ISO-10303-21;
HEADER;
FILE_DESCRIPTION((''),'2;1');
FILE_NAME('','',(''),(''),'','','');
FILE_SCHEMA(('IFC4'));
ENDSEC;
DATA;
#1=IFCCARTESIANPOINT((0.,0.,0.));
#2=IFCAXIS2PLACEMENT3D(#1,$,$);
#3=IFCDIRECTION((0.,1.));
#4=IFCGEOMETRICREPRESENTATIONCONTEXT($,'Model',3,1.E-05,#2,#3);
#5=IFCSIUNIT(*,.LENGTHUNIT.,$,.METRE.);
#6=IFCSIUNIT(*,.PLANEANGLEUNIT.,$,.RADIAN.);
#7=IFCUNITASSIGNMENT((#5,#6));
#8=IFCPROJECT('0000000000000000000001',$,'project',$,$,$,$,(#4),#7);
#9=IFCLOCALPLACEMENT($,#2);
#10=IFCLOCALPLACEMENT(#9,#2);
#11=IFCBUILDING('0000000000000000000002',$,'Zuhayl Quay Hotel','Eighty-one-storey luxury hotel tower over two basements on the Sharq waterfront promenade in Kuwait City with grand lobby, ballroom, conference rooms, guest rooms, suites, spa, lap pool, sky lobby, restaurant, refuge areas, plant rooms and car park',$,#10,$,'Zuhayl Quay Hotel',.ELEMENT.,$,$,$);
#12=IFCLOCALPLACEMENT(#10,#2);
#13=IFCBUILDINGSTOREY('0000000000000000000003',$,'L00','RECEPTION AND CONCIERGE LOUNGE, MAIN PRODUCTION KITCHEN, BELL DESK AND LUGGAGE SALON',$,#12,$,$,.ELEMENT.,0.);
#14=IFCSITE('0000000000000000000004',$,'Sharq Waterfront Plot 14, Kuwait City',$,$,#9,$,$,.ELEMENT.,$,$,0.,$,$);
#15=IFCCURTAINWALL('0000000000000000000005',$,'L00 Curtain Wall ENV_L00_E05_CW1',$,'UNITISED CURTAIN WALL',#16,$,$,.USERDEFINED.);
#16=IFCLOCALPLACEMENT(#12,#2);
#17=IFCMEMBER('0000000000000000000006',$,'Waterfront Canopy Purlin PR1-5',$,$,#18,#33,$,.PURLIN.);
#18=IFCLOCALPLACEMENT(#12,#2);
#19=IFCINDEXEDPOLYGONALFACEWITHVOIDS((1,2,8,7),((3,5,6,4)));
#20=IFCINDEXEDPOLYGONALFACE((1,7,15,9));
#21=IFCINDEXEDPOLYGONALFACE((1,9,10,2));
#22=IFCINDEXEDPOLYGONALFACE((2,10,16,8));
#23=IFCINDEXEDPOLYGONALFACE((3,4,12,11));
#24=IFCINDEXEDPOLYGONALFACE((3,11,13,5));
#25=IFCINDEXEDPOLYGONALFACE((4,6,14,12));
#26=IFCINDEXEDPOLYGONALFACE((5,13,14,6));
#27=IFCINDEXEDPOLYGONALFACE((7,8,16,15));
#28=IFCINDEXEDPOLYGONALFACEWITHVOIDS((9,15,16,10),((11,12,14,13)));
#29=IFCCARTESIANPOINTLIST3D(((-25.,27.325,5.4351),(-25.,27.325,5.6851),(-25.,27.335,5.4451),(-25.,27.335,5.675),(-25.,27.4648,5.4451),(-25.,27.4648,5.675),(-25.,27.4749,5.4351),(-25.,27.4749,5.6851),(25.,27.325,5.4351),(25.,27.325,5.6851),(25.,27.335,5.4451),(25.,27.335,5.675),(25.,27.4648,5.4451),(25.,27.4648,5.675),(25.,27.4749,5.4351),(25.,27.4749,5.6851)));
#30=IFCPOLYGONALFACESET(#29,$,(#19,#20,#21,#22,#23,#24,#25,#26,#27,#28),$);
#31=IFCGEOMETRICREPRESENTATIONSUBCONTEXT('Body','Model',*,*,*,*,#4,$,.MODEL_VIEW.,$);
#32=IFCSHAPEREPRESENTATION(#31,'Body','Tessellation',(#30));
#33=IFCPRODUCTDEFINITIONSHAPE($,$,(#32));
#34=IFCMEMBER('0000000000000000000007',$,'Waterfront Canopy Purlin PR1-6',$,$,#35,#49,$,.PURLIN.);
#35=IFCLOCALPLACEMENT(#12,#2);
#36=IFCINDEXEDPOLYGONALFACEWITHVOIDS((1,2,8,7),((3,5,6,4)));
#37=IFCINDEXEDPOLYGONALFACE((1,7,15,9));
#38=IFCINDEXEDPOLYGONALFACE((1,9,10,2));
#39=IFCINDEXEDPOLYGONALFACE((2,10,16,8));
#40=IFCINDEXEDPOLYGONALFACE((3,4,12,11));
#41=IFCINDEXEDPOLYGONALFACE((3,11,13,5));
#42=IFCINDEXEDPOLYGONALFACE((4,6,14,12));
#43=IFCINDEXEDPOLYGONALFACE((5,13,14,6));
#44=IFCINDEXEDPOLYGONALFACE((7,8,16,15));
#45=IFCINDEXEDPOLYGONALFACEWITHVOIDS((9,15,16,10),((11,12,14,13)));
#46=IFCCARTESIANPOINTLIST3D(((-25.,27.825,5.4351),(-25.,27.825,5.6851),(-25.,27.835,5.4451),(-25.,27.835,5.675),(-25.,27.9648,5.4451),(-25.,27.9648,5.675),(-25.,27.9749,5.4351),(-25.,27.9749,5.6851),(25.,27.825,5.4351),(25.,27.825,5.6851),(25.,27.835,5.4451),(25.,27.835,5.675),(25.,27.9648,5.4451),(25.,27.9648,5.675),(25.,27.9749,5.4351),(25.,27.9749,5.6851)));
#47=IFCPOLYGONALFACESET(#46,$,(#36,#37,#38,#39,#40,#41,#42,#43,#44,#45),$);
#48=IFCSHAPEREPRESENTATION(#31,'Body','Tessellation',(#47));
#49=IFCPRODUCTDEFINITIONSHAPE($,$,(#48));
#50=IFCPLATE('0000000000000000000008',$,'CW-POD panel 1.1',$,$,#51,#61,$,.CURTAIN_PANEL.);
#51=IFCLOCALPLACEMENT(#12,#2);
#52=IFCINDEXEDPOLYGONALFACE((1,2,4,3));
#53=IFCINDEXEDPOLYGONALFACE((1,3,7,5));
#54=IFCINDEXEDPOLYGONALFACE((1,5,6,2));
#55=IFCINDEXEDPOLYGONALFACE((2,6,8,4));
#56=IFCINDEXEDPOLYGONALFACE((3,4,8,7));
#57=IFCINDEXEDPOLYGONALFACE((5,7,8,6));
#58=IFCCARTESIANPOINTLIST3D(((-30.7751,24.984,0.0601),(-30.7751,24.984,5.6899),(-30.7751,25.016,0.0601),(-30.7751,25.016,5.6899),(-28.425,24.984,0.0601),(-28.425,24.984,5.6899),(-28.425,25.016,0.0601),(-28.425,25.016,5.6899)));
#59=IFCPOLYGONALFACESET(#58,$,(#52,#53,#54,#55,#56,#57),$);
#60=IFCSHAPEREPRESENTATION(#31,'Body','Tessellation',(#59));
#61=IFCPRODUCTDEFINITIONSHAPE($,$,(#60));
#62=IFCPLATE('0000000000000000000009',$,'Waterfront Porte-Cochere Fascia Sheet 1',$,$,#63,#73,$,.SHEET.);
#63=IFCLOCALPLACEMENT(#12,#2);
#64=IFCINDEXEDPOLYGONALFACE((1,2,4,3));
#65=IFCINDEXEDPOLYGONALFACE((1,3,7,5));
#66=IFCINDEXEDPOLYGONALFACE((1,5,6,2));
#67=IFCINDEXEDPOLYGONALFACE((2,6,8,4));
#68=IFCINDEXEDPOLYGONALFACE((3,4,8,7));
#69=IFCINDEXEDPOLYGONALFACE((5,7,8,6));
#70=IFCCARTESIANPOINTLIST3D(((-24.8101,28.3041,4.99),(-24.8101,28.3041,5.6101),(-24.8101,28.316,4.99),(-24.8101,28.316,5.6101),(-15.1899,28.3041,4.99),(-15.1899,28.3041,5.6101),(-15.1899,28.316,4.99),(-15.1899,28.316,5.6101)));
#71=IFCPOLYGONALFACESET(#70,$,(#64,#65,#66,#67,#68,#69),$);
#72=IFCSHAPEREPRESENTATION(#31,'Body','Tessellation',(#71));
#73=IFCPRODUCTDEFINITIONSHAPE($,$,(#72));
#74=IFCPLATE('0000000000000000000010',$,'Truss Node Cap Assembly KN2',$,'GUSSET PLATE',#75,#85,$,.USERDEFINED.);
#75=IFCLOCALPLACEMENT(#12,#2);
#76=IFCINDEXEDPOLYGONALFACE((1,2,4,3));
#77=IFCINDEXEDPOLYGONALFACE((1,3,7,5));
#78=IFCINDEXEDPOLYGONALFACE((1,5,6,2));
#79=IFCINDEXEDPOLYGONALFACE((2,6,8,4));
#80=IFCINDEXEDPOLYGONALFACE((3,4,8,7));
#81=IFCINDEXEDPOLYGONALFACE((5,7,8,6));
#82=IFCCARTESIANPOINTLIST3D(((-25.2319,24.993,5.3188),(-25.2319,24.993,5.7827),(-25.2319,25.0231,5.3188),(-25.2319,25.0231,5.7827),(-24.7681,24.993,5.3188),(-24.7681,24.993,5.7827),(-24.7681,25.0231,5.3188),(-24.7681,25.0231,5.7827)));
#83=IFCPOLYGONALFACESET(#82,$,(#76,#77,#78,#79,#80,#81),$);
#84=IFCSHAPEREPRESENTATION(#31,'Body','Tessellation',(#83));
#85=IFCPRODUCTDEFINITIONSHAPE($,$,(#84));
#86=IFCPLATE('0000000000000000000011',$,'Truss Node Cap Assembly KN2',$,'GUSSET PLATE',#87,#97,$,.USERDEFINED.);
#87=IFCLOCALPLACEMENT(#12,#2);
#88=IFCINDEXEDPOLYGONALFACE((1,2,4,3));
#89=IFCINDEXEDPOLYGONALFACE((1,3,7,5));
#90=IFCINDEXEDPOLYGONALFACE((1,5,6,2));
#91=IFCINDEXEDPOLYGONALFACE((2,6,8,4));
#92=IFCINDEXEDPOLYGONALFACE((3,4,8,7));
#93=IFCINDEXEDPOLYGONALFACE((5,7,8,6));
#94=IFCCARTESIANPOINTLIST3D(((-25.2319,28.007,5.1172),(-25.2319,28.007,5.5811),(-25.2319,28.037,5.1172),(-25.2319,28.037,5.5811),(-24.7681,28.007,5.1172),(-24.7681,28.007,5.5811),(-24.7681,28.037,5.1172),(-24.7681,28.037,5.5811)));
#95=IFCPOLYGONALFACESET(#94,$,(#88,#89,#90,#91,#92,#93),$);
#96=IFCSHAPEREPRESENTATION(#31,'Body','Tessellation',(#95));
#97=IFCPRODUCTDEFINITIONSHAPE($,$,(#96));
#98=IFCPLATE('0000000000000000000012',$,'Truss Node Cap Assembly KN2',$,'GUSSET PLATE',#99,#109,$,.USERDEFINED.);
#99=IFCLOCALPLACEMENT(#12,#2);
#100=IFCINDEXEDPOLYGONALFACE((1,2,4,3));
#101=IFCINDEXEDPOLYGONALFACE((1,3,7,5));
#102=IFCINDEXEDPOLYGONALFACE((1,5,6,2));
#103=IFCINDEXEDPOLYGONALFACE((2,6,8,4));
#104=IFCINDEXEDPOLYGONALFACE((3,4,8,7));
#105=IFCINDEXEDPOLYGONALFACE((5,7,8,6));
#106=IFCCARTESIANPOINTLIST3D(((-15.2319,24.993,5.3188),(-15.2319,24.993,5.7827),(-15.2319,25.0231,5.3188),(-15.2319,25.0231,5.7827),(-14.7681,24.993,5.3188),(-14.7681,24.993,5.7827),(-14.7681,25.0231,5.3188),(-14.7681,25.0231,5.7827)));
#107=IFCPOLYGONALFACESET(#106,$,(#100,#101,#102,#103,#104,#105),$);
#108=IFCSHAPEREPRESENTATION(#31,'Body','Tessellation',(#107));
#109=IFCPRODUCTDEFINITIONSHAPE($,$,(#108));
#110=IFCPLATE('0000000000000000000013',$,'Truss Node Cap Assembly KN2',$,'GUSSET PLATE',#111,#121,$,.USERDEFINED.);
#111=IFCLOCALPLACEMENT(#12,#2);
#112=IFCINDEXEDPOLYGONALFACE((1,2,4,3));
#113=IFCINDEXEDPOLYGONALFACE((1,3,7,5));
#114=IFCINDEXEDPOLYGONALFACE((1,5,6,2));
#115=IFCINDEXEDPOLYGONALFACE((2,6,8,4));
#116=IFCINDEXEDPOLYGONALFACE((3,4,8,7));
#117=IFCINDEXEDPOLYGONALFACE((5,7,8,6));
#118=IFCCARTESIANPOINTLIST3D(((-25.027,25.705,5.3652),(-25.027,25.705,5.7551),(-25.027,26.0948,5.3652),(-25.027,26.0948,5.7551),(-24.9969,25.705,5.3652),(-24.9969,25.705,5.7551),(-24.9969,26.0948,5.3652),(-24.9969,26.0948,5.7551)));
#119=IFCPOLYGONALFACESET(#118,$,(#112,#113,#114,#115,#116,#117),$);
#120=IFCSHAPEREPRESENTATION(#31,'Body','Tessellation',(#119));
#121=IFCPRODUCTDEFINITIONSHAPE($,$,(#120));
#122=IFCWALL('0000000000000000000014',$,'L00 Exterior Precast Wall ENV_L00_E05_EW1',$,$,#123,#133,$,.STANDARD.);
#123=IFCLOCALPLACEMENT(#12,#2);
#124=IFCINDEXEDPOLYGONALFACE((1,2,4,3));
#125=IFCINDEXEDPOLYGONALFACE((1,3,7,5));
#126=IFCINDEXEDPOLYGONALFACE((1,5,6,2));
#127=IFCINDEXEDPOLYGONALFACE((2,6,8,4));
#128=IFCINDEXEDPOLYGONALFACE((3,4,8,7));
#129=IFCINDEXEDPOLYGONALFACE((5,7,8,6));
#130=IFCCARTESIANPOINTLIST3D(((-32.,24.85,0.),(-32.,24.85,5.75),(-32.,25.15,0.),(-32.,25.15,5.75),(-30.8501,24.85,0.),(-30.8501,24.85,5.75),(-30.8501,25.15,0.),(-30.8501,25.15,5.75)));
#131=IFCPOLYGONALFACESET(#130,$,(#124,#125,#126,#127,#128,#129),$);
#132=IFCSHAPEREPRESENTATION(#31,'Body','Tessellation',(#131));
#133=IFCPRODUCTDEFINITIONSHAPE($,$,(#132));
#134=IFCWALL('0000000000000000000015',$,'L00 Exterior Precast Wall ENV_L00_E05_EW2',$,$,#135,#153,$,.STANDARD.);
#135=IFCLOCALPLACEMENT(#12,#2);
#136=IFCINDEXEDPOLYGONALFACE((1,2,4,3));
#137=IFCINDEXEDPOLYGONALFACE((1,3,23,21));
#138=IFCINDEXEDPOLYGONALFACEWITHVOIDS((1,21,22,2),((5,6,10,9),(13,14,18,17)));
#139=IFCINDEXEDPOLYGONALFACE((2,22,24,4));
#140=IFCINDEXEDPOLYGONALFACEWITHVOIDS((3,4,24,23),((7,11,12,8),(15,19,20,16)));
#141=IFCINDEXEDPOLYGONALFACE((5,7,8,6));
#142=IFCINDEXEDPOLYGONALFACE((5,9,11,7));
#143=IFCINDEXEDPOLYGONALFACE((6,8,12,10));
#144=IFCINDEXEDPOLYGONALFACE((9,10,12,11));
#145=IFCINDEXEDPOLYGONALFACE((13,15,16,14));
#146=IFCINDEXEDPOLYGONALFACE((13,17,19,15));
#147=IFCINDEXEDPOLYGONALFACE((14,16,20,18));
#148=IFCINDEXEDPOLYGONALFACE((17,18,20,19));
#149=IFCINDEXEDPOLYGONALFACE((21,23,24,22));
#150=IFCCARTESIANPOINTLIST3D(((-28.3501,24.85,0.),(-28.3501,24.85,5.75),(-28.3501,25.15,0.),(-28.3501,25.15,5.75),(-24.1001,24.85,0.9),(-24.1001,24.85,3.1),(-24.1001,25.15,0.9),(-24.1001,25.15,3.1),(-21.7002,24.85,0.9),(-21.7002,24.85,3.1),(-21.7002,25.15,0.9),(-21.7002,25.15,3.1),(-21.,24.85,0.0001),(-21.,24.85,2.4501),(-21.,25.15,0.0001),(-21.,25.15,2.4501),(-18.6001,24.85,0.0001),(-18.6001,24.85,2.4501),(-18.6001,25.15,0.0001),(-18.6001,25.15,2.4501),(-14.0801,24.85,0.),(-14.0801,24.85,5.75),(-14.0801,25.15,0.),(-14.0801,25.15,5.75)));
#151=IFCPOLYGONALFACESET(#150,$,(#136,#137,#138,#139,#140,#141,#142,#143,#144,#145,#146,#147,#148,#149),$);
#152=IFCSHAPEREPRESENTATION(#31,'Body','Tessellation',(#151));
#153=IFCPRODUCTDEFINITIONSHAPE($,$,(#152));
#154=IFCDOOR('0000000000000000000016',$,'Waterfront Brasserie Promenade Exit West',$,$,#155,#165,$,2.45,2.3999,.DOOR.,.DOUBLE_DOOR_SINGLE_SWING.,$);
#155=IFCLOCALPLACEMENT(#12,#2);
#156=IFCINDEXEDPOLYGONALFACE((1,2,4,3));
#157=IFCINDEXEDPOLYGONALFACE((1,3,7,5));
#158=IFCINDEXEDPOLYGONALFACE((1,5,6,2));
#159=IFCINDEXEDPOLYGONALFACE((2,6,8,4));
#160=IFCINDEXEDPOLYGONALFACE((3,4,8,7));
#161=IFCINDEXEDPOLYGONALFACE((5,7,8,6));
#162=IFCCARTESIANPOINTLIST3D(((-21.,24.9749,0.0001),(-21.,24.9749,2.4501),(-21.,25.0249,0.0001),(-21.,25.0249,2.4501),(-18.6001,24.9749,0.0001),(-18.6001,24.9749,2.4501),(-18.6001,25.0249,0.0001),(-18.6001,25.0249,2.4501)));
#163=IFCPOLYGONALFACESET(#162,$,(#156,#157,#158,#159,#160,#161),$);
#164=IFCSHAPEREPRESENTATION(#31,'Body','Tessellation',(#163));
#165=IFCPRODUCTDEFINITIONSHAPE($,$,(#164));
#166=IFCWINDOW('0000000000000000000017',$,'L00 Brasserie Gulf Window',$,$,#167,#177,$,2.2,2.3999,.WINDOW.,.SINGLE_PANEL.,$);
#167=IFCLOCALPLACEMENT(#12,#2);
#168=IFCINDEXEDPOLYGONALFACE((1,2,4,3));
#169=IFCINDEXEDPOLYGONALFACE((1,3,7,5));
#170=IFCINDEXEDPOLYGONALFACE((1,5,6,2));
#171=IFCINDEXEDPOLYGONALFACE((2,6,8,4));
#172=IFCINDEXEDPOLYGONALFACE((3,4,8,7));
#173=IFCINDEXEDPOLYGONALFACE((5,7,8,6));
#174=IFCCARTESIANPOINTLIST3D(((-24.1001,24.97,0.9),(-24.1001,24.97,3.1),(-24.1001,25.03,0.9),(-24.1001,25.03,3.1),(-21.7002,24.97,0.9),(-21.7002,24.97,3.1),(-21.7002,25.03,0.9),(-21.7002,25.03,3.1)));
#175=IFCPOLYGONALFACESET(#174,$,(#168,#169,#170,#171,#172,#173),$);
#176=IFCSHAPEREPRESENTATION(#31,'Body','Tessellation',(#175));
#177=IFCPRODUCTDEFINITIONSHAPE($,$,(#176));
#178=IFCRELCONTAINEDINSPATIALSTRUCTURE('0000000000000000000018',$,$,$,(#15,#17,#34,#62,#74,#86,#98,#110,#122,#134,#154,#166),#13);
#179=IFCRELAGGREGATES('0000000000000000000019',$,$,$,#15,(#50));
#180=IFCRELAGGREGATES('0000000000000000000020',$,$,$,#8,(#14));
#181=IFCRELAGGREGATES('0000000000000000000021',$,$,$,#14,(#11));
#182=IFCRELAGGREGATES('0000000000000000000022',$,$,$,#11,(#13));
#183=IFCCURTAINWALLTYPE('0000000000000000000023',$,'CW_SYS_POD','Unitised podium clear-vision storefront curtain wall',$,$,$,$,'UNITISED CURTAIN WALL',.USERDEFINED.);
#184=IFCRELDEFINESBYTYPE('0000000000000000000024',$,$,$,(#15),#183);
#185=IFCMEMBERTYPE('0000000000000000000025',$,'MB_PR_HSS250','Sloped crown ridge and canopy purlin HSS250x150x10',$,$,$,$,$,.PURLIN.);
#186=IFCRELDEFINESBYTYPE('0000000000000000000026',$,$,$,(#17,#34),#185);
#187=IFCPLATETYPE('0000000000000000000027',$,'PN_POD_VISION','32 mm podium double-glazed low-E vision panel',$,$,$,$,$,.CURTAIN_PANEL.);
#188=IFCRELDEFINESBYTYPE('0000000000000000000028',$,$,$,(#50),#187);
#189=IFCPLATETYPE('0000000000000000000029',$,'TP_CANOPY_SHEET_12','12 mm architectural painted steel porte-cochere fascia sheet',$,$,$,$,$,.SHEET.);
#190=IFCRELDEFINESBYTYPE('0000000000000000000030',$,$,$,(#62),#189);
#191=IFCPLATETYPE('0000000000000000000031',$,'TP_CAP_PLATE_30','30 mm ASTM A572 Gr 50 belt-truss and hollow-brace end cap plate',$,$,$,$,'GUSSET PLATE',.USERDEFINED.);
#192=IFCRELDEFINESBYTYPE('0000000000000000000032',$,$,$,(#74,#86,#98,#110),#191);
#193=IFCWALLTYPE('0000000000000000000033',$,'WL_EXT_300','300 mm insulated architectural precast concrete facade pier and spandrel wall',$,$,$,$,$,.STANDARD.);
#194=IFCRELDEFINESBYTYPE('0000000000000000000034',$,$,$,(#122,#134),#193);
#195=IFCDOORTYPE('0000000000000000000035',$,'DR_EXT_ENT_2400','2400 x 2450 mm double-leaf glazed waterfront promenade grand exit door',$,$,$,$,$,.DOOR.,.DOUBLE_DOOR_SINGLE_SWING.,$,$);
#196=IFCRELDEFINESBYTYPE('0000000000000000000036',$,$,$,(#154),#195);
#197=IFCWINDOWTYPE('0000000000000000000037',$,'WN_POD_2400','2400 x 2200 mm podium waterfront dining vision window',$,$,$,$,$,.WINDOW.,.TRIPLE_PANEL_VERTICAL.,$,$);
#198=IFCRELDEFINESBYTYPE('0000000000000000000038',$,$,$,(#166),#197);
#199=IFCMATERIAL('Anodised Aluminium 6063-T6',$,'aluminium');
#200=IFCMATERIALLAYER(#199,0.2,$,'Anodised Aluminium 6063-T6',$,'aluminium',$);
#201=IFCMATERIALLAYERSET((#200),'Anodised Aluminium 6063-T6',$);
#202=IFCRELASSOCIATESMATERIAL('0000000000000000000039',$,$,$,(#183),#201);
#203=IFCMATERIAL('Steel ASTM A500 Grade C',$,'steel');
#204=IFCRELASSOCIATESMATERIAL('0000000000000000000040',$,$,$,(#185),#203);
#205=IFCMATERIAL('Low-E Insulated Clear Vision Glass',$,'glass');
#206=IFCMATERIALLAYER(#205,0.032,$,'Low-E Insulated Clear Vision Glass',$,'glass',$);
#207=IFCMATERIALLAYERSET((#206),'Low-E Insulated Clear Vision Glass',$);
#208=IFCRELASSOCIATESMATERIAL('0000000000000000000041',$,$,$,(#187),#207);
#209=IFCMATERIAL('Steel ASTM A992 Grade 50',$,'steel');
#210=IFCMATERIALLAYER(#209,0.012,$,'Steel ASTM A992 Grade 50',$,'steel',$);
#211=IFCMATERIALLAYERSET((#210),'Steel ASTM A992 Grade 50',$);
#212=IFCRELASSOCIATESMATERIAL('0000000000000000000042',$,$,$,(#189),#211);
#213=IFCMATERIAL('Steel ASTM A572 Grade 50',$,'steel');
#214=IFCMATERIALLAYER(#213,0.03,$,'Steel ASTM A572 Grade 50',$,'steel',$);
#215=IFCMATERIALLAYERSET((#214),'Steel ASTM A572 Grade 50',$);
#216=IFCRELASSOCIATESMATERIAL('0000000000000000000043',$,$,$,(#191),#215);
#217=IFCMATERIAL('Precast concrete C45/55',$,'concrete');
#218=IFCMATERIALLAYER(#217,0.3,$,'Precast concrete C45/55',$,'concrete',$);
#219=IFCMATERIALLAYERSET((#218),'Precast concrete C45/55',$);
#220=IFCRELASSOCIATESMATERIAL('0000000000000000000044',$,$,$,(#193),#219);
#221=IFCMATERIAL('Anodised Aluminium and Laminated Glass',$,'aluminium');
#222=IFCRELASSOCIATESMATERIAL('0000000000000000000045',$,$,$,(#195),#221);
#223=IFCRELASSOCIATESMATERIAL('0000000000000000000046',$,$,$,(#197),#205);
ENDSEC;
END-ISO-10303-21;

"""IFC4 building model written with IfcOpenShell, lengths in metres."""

from ifc_helpers import new_model, si_unit, direction, frame, frame_2d, origin, origin_2d, place, context, subcontext, project, spatial, rectangle, hollow_rectangle, extrude, material, layer, layer_set, material_profile, profile_set, type_object, element, fill, aggregate, save


model = new_model("IFC4")

# Units and contexts
model_context = context("Model", 3, precision=1e-05, world=origin(), true_north=direction((0.0, 1.0)))
body_context = subcontext(model_context, "Body", "Model", "MODEL_VIEW")
ifc_project = project(units=[si_unit("LENGTHUNIT", "METRE"), si_unit("PLANEANGLEUNIT", "RADIAN")], contexts=[model_context])

# Site, building, storey
site_placement = place(None, origin())
site = spatial("IfcSite", under=ifc_project, at=site_placement, Name="Sharq Waterfront Plot 14, Kuwait City", CompositionType="ELEMENT", RefElevation=0.0)
building_placement = place(site_placement, origin())
building = spatial("IfcBuilding", under=site, at=building_placement, Name="Zuhayl Quay Hotel", Description="Eighty-one-storey luxury hotel tower over two basements on the Sharq waterfront promenade in Kuwait City with grand lobby, ballroom, conference rooms, guest rooms, suites, spa, lap pool, sky lobby, restaurant, refuge areas, plant rooms and car park", LongName="Zuhayl Quay Hotel", CompositionType="ELEMENT")
storey_placement = place(building_placement, origin())
storey = spatial("IfcBuildingStorey", under=building, at=storey_placement, Name="L00", Description="RECEPTION AND CONCIERGE LOUNGE, MAIN PRODUCTION KITCHEN, BELL DESK AND LUGGAGE SALON", CompositionType="ELEMENT", Elevation=0.0)

# Shared definitions
ifc_material_1 = material(Name="Steel ASTM A992 Grade 50", Category="steel")

# Shared definitions
ifc_material_2 = material(Name="Steel ASTM A500 Grade C", Category="steel")

# Curtain wall
ifc_material_3 = material(Name="Anodised Aluminium 6063-T6", Category="aluminium")
ifc_layer_1 = layer(ifc_material_3, 0.2, Name="Anodised Aluminium 6063-T6", Category="aluminium")
ifc_layer_set_1 = layer_set([ifc_layer_1], Name="Anodised Aluminium 6063-T6")
curtain_wall_type = type_object("IfcCurtainWallType", Name="CW_SYS_POD", Description="Unitised podium clear-vision storefront curtain wall", ElementType="UNITISED CURTAIN WALL", PredefinedType="USERDEFINED", material=ifc_layer_set_1)
curtain_wall_placement = place(storey_placement, origin())
curtain_wall = element("IfcCurtainWall", 1, at=curtain_wall_placement, inside=storey, type_object=curtain_wall_type, Name="L00 Curtain Wall ENV_L00_E05_CW1", ObjectType="UNITISED CURTAIN WALL", PredefinedType="USERDEFINED")

# Members
ifc_material_profile_1 = material_profile(ifc_material_2, hollow_rectangle(XDim=0.1499, YDim=0.25, WallThickness=0.01, at=origin_2d()), Name="HSS250X150X10")
ifc_profile_set_1 = profile_set([ifc_material_profile_1], Name="Steel ASTM A500 Grade C")
member_type_1 = type_object("IfcMemberType", Name="MB_PR_HSS250", Description="Sloped crown ridge and canopy purlin HSS250x150x10", PredefinedType="PURLIN", material=ifc_profile_set_1)
for number, where, z_axis, x_axis, name in (
    (2, (-25.0, 27.3999, 5.5601), (1.0, 0.0, 0.0), (0.0, 1.0, 0.0), "Waterfront Canopy Purlin PR1-5"),
    (3, (-25.0, 27.8999, 5.5601), (1.0, 0.0, 0.0), (0.0, 1.0, 0.0), "Waterfront Canopy Purlin PR1-6"),
):
    element("IfcMember", number, at=place(storey_placement, frame(where, z_axis=z_axis, x_axis=x_axis)), inside=storey, type_object=member_type_1, Name=name, PredefinedType="PURLIN", context=body_context, shape_type="SweptSolid", body=[
        extrude(hollow_rectangle(XDim=0.1499, YDim=0.25, WallThickness=0.01, at=origin_2d()), origin(), (0.0, 0.0, 1.0), 50.0),
    ])

# Plate
ifc_material_4 = material(Name="Low-E Insulated Clear Vision Glass", Category="glass")
ifc_layer_2 = layer(ifc_material_4, 0.032, Name="Low-E Insulated Clear Vision Glass", Category="glass")
ifc_layer_set_2 = layer_set([ifc_layer_2], Name="Low-E Insulated Clear Vision Glass")
plate_type_1 = type_object("IfcPlateType", Name="PN_POD_VISION", Description="32 mm podium double-glazed low-E vision panel", PredefinedType="CURTAIN_PANEL", material=ifc_layer_set_2)
plate_1_placement = place(storey_placement, frame((-29.6001, 25.0, 0.0601), z_axis=(0.0, 0.0, 1.0), x_axis=(1.0, 0.0, 0.0)))
plate_1 = element("IfcPlate", 4, at=plate_1_placement, type_object=plate_type_1, Name="CW-POD panel 1.1", PredefinedType="CURTAIN_PANEL", context=body_context, shape_type="SweptSolid", body=[
    extrude(rectangle(XDim=2.3501, YDim=0.032, at=origin_2d()), origin(), (0.0, 0.0, 1.0), 5.6299),
])
aggregate(curtain_wall, [plate_1])

# Plates
ifc_layer_3 = layer(ifc_material_1, 0.012, Name="Steel ASTM A992 Grade 50", Category="steel")
ifc_layer_set_3 = layer_set([ifc_layer_3], Name="Steel ASTM A992 Grade 50")
plate_type_2 = type_object("IfcPlateType", Name="TP_CANOPY_SHEET_12", Description="12 mm architectural painted steel porte-cochere fascia sheet", PredefinedType="SHEET", material=ifc_layer_set_3)
plate_2_placement = place(storey_placement, frame((-20.0, 28.3101, 4.99), z_axis=(0.0, 0.0, 1.0), x_axis=(1.0, 0.0, 0.0)))
element("IfcPlate", 5, at=plate_2_placement, inside=storey, type_object=plate_type_2, Name="Waterfront Porte-Cochere Fascia Sheet 1", PredefinedType="SHEET", context=body_context, shape_type="SweptSolid", body=[
    extrude(rectangle(XDim=9.6201, YDim=0.012, at=origin_2d()), origin(), (0.0, 0.0, 1.0), 0.6201),
])
ifc_material_5 = material(Name="Steel ASTM A572 Grade 50", Category="steel")
ifc_layer_4 = layer(ifc_material_5, 0.03, Name="Steel ASTM A572 Grade 50", Category="steel")
ifc_layer_set_4 = layer_set([ifc_layer_4], Name="Steel ASTM A572 Grade 50")
plate_type_3 = type_object("IfcPlateType", Name="TP_CAP_PLATE_30", Description="30 mm ASTM A572 Gr 50 belt-truss and hollow-brace end cap plate", ElementType="GUSSET PLATE", PredefinedType="USERDEFINED", material=ifc_layer_set_4)
for number, where, z_axis, x_axis, name in (
    (6, (-25.0, 25.0081, 5.3188), (0.0, 0.0, 1.0), (0.0, -1.0, 0.0), "Truss Node Cap Assembly KN2"),
    (7, (-25.0, 28.022, 5.1172), (0.0, 0.0, 1.0), (0.0, 1.0, 0.0), "Truss Node Cap Assembly KN2"),
    (8, (-15.0, 25.0081, 5.3188), (0.0, 0.0, 1.0), (0.0, -1.0, 0.0), "Truss Node Cap Assembly KN2"),
):
    element("IfcPlate", number, at=place(storey_placement, frame(where, z_axis=z_axis, x_axis=x_axis)), inside=storey, type_object=plate_type_3, Name=name, ObjectType="GUSSET PLATE", PredefinedType="USERDEFINED", context=body_context, shape_type="SweptSolid", body=[
        extrude(rectangle(XDim=0.03, YDim=0.4639, at=origin_2d()), origin(), (0.0, 0.0, 1.0), 0.4639),
    ])
plate_3_placement = place(storey_placement, frame((-25.012, 25.8999, 5.3652), z_axis=(0.0, 0.0, 1.0), x_axis=(-1.0, 0.0, 0.0)))
element("IfcPlate", 9, at=plate_3_placement, inside=storey, type_object=plate_type_3, Name="Truss Node Cap Assembly KN2", ObjectType="GUSSET PLATE", PredefinedType="USERDEFINED", context=body_context, shape_type="SweptSolid", body=[
    extrude(rectangle(XDim=0.03, YDim=0.3899, at=origin_2d()), origin(), (0.0, 0.0, 1.0), 0.3899),
])

# Wall
ifc_material_6 = material(Name="Precast concrete C45/55", Category="concrete")
ifc_layer_5 = layer(ifc_material_6, 0.3, Name="Precast concrete C45/55", Category="concrete")
ifc_layer_set_5 = layer_set([ifc_layer_5], Name="Precast concrete C45/55")
wall_type = type_object("IfcWallType", Name="WL_EXT_300", Description="300 mm insulated architectural precast concrete facade pier and spandrel wall", PredefinedType="STANDARD", material=ifc_layer_set_5)
wall_1_placement = place(storey_placement, frame((-32.0, 25.0, 0.0), z_axis=(0.0, 0.0, 1.0), x_axis=(1.0, 0.0, 0.0)))
element("IfcWall", 10, at=wall_1_placement, inside=storey, type_object=wall_type, Name="L00 Exterior Precast Wall ENV_L00_E05_EW1", PredefinedType="STANDARD", context=body_context, shape_type="SweptSolid", body=[
    extrude(rectangle(XDim=1.1499, YDim=0.3, at=frame_2d((0.575, 0.0))), origin(), (0.0, 0.0, 1.0), 5.75),
])

# Wall, openings, door, window
wall_2_placement = place(storey_placement, frame((-28.3501, 25.0, 0.0), z_axis=(0.0, 0.0, 1.0), x_axis=(1.0, 0.0, 0.0)))
wall_2 = element("IfcWall", 11, at=wall_2_placement, inside=storey, type_object=wall_type, Name="L00 Exterior Precast Wall ENV_L00_E05_EW2", PredefinedType="STANDARD", context=body_context, shape_type="SweptSolid", body=[
    extrude(rectangle(XDim=14.27, YDim=0.3, at=frame_2d((7.135, 0.0))), origin(), (0.0, 0.0, 1.0), 5.75),
])
opening_1_placement = place(wall_2_placement, frame((7.3501, 0.0, 0.0)))
opening_1 = element("IfcOpeningElement", 12, at=opening_1_placement, cuts=wall_2, PredefinedType="OPENING", context=body_context, shape_type="SweptSolid", body=[
    extrude(rectangle(XDim=2.3999, YDim=2.45, at=frame_2d((1.2, 1.2251))), frame((0.0, 0.1599, 0.0), z_axis=(0.0, -1.0, 0.0), x_axis=(1.0, 0.0, 0.0)), (0.0, 0.0, 1.0), 0.3201),
])
opening_2_placement = place(wall_2_placement, frame((4.25, 0.0, 0.8999)))
opening_2 = element("IfcOpeningElement", 13, at=opening_2_placement, cuts=wall_2, PredefinedType="OPENING", context=body_context, shape_type="SweptSolid", body=[
    extrude(rectangle(XDim=2.3999, YDim=2.2, at=frame_2d((1.2, 1.1001))), frame((0.0, 0.1599, 0.0), z_axis=(0.0, -1.0, 0.0), x_axis=(1.0, 0.0, 0.0)), (0.0, 0.0, 1.0), 0.3201),
])
ifc_material_7 = material(Name="Anodised Aluminium and Laminated Glass", Category="aluminium")
door_type = type_object("IfcDoorType", Name="DR_EXT_ENT_2400", Description="2400 x 2450 mm double-leaf glazed waterfront promenade grand exit door", OperationType="DOUBLE_DOOR_SINGLE_SWING", PredefinedType="DOOR", material=ifc_material_7)
door_placement = place(opening_1_placement, origin())
door = element("IfcDoor", 14, at=door_placement, inside=storey, type_object=door_type, Name="Waterfront Brasserie Promenade Exit West", OperationType="DOUBLE_DOOR_SINGLE_SWING", OverallHeight=2.45, OverallWidth=2.3999, PredefinedType="DOOR", context=body_context, shape_type="SweptSolid", body=[
    extrude(rectangle(XDim=2.3999, YDim=2.45, at=frame_2d((1.2, 1.2251))), frame((0.0, 0.0249, 0.0), z_axis=(0.0, -1.0, 0.0), x_axis=(1.0, 0.0, 0.0)), (0.0, 0.0, 1.0), 0.05),
])
fill(opening_1, door)
window_type = type_object("IfcWindowType", Name="WN_POD_2400", Description="2400 x 2200 mm podium waterfront dining vision window", PartitioningType="TRIPLE_PANEL_VERTICAL", PredefinedType="WINDOW", material=ifc_material_4)
window_placement = place(opening_2_placement, origin())
window = element("IfcWindow", 15, at=window_placement, inside=storey, type_object=window_type, Name="L00 Brasserie Gulf Window", OverallHeight=2.2, OverallWidth=2.3999, PartitioningType="SINGLE_PANEL", PredefinedType="WINDOW", context=body_context, shape_type="SweptSolid", body=[
    extrude(rectangle(XDim=2.3999, YDim=2.2, at=frame_2d((1.2, 1.1001))), frame((0.0, 0.03, 0.0), z_axis=(0.0, -1.0, 0.0), x_axis=(1.0, 0.0, 0.0)), (0.0, 0.0, 1.0), 0.0601),
])
fill(opening_2, window)

save(model, "model.ifc")
